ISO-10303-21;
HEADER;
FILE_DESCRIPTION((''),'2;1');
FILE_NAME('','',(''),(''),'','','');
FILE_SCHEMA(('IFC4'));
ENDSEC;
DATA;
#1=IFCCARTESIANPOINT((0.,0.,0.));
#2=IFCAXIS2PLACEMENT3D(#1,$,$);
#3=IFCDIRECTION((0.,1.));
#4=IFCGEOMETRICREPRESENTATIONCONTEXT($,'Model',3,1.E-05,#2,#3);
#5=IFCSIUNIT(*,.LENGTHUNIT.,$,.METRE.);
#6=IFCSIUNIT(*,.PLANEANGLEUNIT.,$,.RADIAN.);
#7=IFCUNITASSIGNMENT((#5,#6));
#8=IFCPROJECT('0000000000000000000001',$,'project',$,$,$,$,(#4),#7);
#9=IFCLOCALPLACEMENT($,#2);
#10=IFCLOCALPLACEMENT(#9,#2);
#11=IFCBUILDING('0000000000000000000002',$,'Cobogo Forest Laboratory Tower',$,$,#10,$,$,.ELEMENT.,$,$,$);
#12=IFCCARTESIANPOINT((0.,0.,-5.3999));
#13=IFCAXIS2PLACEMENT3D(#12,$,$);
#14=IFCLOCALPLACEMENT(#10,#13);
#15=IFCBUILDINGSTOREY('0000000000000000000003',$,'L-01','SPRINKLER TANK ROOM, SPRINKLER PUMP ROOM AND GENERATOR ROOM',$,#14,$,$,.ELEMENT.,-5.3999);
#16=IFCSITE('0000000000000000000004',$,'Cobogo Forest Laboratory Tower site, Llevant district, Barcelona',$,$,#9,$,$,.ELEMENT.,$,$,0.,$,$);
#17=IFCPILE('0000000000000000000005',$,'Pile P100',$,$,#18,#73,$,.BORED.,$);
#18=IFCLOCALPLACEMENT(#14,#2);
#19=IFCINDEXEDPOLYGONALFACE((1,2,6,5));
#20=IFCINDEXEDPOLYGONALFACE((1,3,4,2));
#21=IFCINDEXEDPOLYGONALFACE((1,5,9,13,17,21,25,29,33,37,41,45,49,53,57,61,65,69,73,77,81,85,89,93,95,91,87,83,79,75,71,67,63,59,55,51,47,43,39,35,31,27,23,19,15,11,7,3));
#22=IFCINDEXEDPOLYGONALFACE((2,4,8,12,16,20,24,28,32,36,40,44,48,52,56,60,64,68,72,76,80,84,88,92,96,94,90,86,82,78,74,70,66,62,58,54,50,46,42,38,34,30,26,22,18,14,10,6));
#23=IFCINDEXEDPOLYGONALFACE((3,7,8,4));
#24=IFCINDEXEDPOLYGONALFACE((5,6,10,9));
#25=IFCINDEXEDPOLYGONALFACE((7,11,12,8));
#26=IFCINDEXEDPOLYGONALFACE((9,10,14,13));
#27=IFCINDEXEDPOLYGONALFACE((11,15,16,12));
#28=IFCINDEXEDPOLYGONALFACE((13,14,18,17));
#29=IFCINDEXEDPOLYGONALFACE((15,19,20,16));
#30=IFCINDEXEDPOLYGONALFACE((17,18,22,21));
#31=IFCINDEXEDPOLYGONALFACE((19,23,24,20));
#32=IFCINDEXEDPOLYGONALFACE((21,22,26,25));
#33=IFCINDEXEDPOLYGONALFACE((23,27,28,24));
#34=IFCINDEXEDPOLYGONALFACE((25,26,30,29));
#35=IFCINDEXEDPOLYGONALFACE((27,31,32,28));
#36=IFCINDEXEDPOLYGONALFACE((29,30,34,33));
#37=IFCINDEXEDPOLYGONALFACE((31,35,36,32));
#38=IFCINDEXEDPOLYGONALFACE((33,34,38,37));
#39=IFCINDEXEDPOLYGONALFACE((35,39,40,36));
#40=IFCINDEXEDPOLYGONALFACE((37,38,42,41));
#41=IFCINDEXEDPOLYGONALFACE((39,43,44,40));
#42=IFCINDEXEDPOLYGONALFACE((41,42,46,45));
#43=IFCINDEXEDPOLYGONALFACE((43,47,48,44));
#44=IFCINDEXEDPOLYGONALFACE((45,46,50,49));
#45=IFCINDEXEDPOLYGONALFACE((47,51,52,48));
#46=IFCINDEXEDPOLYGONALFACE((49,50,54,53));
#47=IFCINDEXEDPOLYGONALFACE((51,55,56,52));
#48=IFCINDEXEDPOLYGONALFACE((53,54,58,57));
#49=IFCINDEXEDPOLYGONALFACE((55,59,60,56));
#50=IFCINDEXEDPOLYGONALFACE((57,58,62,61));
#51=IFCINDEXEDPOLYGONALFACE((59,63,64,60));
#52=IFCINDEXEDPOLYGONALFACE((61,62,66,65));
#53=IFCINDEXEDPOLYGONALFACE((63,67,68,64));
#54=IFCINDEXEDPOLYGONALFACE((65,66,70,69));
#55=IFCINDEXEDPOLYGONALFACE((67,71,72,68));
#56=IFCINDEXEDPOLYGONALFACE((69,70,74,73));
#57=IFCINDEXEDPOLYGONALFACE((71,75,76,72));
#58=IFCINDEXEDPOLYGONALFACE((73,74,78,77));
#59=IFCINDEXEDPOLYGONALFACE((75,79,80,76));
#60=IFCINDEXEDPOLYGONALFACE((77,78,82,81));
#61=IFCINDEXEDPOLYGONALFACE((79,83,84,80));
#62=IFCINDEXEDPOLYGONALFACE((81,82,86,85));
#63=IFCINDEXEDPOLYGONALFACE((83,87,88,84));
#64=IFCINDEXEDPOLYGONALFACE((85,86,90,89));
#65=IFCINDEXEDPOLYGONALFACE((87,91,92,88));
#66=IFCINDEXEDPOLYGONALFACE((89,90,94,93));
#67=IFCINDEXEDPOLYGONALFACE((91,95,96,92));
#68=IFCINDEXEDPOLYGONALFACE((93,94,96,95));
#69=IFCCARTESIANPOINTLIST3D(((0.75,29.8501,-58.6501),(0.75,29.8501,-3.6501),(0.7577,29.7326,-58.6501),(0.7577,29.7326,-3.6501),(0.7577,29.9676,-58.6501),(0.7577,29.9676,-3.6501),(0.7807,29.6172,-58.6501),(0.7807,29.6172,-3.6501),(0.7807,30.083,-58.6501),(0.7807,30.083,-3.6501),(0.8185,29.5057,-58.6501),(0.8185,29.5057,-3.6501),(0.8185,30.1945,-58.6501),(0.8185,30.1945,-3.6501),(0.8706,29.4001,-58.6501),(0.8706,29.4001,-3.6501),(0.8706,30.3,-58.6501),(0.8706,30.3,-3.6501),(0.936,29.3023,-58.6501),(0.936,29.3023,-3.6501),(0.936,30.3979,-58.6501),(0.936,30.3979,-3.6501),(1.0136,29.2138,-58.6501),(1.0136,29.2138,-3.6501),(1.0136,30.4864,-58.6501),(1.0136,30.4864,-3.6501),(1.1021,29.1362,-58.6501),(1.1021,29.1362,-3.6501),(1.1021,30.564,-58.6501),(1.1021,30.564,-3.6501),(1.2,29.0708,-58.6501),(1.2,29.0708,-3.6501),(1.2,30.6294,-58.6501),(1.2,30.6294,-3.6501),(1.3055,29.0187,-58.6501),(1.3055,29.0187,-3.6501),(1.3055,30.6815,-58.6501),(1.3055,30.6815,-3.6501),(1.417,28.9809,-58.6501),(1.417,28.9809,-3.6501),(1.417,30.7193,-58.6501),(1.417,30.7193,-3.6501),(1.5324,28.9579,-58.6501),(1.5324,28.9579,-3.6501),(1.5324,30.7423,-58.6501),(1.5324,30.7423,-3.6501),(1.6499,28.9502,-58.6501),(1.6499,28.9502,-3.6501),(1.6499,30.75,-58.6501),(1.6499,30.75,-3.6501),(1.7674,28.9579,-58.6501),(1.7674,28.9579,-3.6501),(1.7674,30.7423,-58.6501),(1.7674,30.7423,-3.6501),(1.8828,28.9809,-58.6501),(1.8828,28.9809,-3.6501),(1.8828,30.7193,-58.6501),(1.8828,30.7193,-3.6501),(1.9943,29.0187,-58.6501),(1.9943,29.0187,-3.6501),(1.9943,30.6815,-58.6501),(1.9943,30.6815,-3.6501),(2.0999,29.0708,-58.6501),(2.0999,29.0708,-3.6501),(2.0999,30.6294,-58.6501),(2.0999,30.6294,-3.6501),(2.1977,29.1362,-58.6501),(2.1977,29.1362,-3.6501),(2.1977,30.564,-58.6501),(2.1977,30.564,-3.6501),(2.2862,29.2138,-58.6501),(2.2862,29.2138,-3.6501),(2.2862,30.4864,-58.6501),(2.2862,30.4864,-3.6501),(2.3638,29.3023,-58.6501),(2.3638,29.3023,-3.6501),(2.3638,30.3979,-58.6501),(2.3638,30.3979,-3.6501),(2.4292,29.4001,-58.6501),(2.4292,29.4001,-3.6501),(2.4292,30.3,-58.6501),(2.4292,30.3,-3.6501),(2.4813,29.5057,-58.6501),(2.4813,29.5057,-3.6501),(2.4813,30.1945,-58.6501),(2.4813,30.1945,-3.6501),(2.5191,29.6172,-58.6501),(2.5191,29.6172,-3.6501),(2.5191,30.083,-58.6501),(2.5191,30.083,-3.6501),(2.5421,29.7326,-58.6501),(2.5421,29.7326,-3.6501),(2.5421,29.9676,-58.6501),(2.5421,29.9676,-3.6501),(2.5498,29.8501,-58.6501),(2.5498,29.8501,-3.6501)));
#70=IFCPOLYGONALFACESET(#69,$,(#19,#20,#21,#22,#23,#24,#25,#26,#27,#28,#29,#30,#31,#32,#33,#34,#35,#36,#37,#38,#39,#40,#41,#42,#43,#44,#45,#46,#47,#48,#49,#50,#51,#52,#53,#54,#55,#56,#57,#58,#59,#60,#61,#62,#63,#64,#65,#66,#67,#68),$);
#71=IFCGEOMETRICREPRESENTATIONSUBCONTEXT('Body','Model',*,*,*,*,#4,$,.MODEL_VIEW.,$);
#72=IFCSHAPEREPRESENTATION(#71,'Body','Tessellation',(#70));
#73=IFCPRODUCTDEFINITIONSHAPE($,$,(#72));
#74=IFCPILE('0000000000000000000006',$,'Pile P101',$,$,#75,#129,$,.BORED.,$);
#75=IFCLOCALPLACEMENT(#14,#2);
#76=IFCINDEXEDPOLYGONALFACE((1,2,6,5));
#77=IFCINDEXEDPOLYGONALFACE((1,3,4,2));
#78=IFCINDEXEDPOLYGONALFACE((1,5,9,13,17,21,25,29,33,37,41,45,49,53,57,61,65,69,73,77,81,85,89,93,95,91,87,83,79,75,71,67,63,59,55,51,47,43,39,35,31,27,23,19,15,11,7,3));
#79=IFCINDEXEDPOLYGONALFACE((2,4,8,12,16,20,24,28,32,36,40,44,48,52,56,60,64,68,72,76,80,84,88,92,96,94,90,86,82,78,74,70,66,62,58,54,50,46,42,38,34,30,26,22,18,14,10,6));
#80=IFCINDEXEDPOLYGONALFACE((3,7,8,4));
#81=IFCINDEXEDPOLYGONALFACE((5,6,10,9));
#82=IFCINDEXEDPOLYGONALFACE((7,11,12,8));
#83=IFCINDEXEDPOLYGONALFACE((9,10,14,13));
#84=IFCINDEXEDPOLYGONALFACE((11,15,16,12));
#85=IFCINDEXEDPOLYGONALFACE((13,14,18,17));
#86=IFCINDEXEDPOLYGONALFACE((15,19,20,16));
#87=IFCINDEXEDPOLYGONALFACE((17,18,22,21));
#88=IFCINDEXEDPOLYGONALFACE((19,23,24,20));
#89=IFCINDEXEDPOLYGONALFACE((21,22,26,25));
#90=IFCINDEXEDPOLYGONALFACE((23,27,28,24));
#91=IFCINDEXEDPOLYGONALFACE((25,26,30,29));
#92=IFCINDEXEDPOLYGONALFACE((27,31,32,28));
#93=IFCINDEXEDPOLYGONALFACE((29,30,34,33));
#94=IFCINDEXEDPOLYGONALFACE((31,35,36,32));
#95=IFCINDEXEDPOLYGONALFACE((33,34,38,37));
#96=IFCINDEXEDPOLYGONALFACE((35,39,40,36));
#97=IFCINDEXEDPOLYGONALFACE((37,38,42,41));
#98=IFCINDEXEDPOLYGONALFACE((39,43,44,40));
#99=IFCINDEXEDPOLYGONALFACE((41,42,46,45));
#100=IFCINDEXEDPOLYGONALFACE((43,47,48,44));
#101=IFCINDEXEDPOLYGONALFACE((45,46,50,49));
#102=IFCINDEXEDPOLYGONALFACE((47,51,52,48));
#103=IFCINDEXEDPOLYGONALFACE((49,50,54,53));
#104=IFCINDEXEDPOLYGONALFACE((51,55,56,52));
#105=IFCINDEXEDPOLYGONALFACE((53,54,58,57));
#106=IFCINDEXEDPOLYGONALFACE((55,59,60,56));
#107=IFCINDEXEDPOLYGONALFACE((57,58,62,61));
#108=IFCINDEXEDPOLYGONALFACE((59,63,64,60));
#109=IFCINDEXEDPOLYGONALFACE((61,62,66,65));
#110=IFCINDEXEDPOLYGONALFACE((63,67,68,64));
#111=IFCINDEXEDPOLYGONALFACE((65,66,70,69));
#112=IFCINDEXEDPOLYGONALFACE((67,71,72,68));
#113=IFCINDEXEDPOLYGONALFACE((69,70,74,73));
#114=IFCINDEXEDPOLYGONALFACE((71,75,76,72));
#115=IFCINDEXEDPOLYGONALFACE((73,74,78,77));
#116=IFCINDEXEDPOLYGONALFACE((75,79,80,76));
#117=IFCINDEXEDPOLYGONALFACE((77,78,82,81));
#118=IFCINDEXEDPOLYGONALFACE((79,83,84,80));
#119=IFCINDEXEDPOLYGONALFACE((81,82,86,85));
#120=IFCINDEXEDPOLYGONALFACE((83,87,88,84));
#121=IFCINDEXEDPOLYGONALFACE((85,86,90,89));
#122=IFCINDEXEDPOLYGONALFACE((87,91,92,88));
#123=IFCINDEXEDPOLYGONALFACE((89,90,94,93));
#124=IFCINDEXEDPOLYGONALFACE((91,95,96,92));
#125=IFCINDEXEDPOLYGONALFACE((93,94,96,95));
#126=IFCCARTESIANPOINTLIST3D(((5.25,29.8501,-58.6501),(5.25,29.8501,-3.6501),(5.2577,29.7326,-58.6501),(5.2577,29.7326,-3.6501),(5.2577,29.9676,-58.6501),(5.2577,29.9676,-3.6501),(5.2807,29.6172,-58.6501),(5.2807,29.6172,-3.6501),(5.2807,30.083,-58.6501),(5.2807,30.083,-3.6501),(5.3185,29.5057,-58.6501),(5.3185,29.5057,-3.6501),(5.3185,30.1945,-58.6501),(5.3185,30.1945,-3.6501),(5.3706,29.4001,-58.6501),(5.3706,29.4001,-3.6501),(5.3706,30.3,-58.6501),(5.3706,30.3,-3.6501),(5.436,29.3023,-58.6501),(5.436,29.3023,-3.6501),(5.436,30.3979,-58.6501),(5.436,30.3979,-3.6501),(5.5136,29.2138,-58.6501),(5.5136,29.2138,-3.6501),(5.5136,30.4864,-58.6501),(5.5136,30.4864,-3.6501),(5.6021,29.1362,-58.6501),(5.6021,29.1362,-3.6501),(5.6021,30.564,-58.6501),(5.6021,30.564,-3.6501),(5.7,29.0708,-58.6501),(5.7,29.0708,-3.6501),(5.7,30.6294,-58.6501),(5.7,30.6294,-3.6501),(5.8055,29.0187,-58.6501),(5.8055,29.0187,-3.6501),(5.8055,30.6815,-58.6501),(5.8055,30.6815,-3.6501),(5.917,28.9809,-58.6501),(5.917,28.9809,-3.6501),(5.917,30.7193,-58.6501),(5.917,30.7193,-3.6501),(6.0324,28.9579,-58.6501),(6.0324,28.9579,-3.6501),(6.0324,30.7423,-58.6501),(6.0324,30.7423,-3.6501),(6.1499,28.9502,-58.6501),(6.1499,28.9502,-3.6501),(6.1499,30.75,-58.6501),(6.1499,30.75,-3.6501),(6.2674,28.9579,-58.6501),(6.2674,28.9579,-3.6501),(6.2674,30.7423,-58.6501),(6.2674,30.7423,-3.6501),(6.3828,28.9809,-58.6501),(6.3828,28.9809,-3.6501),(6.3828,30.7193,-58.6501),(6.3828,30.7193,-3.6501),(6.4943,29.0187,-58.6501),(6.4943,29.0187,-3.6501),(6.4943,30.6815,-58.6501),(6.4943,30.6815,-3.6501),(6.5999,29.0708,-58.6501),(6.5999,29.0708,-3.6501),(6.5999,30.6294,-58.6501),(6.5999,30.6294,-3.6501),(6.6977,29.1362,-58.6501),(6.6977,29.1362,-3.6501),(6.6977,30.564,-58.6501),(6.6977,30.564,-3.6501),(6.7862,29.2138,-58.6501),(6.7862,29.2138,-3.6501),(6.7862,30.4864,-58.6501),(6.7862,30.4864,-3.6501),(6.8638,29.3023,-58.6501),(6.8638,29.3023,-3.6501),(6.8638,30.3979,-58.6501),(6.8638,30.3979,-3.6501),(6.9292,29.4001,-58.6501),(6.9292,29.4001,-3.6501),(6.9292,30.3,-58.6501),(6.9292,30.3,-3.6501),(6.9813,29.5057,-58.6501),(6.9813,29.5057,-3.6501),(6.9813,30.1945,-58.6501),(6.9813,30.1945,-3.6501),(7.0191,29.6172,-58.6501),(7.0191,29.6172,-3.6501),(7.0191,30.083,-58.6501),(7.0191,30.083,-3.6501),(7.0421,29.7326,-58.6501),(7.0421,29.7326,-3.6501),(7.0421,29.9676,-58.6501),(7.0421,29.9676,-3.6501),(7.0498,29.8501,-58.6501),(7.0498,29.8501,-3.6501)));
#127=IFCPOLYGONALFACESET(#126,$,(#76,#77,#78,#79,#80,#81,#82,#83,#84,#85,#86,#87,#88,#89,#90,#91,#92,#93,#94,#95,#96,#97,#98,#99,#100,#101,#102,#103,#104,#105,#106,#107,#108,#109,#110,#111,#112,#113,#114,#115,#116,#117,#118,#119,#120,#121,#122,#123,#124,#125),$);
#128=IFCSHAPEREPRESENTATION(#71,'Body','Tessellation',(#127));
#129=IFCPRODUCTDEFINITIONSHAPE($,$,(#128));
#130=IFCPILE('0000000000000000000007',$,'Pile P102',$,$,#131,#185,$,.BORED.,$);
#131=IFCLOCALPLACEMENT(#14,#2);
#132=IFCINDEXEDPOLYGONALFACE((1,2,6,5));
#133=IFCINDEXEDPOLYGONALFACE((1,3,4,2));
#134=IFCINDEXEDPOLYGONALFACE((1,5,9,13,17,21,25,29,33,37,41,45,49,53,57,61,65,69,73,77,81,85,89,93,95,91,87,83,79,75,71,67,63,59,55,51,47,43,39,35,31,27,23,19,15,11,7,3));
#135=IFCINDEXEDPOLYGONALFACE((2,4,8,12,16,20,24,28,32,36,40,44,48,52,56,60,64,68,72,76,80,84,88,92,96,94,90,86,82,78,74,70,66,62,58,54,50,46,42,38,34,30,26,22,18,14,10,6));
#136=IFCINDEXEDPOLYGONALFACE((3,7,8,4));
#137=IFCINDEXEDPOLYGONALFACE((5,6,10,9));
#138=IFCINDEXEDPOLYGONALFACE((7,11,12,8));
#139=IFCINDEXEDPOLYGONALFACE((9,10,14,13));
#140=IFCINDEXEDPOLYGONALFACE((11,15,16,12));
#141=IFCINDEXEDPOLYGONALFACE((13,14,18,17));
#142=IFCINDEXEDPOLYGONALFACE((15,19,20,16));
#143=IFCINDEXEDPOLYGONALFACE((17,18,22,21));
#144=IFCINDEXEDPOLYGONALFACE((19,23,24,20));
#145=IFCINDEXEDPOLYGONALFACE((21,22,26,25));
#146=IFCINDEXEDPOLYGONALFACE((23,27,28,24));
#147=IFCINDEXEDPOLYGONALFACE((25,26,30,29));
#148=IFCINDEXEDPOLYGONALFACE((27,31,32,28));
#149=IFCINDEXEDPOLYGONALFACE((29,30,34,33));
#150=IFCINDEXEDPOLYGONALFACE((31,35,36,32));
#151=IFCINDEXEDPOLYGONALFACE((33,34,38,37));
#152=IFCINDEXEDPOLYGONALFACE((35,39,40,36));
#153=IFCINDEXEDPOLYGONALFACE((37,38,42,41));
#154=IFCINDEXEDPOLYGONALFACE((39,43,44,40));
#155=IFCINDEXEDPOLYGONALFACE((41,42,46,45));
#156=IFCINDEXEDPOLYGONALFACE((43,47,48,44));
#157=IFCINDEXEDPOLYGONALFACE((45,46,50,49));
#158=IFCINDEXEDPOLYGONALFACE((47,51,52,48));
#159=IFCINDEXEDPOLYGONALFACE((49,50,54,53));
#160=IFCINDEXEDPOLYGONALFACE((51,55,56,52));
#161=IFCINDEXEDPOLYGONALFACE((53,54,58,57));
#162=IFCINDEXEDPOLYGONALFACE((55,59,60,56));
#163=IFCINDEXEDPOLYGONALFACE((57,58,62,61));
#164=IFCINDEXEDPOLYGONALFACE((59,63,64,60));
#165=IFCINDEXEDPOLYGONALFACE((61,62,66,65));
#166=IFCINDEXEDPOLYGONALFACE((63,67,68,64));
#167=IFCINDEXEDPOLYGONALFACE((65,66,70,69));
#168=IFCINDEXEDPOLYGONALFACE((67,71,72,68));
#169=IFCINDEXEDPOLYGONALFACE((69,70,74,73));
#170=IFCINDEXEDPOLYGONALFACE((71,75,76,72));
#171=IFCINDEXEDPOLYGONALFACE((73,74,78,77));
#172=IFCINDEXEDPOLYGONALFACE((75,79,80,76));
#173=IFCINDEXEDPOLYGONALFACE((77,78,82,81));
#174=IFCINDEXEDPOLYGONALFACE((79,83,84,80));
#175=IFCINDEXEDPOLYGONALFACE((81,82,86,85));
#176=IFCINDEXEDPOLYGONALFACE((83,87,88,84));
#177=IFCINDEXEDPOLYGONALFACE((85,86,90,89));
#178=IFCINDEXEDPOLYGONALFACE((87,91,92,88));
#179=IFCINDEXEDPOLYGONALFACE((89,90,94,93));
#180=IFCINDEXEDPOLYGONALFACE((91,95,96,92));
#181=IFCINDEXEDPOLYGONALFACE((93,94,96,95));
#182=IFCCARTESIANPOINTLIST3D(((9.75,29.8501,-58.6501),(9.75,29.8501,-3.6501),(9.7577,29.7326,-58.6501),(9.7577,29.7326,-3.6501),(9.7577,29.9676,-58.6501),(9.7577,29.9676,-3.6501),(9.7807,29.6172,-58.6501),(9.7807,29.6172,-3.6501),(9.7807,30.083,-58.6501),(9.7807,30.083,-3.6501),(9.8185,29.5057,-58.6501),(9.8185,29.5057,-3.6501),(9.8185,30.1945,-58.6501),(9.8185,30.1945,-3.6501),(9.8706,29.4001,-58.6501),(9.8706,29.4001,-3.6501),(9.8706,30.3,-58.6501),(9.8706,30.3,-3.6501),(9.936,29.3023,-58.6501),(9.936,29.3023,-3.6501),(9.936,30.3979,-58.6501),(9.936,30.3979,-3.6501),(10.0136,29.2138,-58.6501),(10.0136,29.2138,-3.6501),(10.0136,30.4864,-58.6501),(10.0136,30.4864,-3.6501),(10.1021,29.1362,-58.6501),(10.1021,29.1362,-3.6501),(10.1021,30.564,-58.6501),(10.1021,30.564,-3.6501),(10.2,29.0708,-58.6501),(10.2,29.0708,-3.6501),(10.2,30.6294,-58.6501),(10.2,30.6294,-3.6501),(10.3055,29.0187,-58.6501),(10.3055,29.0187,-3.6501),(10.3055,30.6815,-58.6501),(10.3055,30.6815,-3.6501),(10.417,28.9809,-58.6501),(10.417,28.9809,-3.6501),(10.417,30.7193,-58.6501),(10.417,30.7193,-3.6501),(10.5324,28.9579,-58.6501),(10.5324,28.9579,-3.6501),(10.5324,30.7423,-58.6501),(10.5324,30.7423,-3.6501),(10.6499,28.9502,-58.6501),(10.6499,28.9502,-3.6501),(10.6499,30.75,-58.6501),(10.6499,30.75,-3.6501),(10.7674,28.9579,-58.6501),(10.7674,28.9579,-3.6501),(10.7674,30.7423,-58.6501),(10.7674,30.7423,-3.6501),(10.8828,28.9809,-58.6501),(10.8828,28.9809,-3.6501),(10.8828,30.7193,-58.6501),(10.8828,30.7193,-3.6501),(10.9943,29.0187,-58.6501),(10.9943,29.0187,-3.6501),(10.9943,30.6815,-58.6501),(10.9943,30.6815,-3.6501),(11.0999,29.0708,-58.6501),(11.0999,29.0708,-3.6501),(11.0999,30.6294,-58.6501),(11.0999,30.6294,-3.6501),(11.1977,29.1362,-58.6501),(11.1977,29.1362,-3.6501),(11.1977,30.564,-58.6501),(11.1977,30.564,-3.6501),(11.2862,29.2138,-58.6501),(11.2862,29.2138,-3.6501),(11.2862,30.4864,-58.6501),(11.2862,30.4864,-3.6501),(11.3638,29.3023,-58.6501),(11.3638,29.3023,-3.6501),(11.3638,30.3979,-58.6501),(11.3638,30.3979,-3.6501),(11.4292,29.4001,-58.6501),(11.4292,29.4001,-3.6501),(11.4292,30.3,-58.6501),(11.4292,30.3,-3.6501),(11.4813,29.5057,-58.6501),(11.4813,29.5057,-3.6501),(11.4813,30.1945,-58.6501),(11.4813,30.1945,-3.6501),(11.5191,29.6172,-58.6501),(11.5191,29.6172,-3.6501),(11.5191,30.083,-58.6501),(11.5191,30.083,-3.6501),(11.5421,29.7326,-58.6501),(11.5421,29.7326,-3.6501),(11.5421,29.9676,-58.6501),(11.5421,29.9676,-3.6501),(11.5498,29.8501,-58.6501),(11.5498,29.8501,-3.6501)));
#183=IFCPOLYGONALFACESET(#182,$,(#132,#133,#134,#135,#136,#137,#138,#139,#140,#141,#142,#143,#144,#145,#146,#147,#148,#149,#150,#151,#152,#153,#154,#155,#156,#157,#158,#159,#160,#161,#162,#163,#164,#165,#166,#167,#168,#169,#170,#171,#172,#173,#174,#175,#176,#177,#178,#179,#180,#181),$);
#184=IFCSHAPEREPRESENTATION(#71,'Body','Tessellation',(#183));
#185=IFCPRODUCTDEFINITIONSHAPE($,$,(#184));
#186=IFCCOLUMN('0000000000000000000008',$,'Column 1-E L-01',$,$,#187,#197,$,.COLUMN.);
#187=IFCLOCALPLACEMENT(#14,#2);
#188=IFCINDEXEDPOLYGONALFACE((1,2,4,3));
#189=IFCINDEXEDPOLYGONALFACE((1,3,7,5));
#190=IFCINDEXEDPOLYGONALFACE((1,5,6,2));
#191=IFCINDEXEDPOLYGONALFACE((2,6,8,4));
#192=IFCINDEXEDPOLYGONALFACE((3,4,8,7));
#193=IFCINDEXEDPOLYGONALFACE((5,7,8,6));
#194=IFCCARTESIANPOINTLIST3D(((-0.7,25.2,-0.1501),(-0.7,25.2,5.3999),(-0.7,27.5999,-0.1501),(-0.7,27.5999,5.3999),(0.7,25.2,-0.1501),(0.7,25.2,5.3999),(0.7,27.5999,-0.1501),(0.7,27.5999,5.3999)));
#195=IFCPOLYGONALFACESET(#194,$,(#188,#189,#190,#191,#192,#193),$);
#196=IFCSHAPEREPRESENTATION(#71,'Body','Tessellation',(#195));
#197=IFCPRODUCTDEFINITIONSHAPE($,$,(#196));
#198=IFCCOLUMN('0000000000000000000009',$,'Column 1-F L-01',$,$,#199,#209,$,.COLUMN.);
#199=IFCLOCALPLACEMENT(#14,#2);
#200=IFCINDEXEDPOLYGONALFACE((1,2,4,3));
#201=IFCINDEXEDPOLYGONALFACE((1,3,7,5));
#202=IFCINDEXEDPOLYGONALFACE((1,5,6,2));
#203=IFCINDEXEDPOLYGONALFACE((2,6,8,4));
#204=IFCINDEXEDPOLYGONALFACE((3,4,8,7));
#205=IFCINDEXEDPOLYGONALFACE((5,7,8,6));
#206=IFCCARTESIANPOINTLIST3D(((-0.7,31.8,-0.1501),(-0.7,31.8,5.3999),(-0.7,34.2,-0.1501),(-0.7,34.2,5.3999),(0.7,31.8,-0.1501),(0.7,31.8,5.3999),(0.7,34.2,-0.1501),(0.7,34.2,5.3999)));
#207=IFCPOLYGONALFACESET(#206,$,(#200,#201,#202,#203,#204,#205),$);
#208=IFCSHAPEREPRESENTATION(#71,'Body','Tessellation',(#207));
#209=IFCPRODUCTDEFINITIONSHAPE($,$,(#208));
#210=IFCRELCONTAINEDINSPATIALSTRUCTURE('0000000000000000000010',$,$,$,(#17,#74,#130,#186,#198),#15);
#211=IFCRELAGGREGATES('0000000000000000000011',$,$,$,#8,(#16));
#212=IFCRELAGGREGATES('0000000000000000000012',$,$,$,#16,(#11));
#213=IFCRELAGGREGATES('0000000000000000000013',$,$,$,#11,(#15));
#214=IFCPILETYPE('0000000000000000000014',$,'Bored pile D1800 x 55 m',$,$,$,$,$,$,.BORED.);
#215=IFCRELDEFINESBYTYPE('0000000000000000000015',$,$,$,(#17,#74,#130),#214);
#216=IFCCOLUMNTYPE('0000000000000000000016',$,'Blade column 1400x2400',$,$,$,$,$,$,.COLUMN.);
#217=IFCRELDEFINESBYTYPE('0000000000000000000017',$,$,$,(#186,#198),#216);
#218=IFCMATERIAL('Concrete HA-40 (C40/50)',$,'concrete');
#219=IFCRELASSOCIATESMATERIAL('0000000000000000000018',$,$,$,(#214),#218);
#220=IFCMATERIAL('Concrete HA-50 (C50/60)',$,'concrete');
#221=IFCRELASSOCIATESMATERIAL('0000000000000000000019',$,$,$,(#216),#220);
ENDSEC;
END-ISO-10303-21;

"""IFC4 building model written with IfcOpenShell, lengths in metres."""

from ifc_helpers import new_model, si_unit, direction, frame, origin, origin_2d, place, context, subcontext, project, spatial, rectangle, circle, extrude, material, material_profile, profile_set, type_object, element, save


model = new_model("IFC4")

# Units and contexts
model_context = context("Model", 3, precision=1e-05, world=origin(), true_north=direction((0.0, 1.0)))
body_context = subcontext(model_context, "Body", "Model", "MODEL_VIEW")
ifc_project = project(units=[si_unit("LENGTHUNIT", "METRE"), si_unit("PLANEANGLEUNIT", "RADIAN")], contexts=[model_context])

# Site, building, storey
site_placement = place(None, origin())
site = spatial("IfcSite", under=ifc_project, at=site_placement, Name="Cobogo Forest Laboratory Tower site, Llevant district, Barcelona", CompositionType="ELEMENT", RefElevation=0.0)
building_placement = place(site_placement, origin())
building = spatial("IfcBuilding", under=site, at=building_placement, Name="Cobogo Forest Laboratory Tower", CompositionType="ELEMENT")
storey_placement = place(building_placement, frame((0.0, 0.0, -5.3999)))
storey = spatial("IfcBuildingStorey", under=building, at=storey_placement, Name="L-01", Description="SPRINKLER TANK ROOM, SPRINKLER PUMP ROOM AND GENERATOR ROOM", CompositionType="ELEMENT", Elevation=-5.3999)

# Piles
ifc_material_1 = material(Name="Concrete HA-40 (C40/50)", Category="concrete")
ifc_material_profile_1 = material_profile(ifc_material_1, circle(Radius=0.8999, at=origin_2d()), Name="PILE D1800")
ifc_profile_set_1 = profile_set([ifc_material_profile_1], Name="Concrete HA-40 (C40/50)")
pile_type_1 = type_object("IfcPileType", Name="Bored pile D1800 x 55 m", PredefinedType="BORED", material=ifc_profile_set_1)
for number, where, z_axis, x_axis, name in (
    (1, (1.6499, 29.8501, -3.6501), (0.0, 0.0, -1.0), (1.0, 0.0, 0.0), "Pile P100"),
    (2, (6.1499, 29.8501, -3.6501), (0.0, 0.0, -1.0), (1.0, 0.0, 0.0), "Pile P101"),
    (3, (10.6499, 29.8501, -3.6501), (0.0, 0.0, -1.0), (1.0, 0.0, 0.0), "Pile P102"),
):
    element("IfcPile", number, at=place(storey_placement, frame(where, z_axis=z_axis, x_axis=x_axis)), inside=storey, type_object=pile_type_1, Name=name, PredefinedType="BORED", context=body_context, shape_type="SweptSolid", body=[
        extrude(circle(Radius=0.8999, at=origin_2d()), origin(), (0.0, 0.0, 1.0), 55.0),
    ])

# Columns
ifc_material_2 = material(Name="Concrete HA-50 (C50/60)", Category="concrete")
ifc_material_profile_2 = material_profile(ifc_material_2, rectangle(XDim=2.3999, YDim=1.3999, at=origin_2d()), Name="RC 1400x2400")
ifc_profile_set_2 = profile_set([ifc_material_profile_2], Name="Concrete HA-50 (C50/60)")
column_type_1 = type_object("IfcColumnType", Name="Blade column 1400x2400", PredefinedType="COLUMN", material=ifc_profile_set_2)
for number, where, z_axis, x_axis, name in (
    (4, (0.0, 26.3999, -0.1501), (0.0, 0.0, 1.0), (0.0, 1.0, 0.0), "Column 1-E L-01"),
    (5, (0.0, 33.0, -0.1501), (0.0, 0.0, 1.0), (0.0, 1.0, 0.0), "Column 1-F L-01"),
):
    element("IfcColumn", number, at=place(storey_placement, frame(where, z_axis=z_axis, x_axis=x_axis)), inside=storey, type_object=column_type_1, Name=name, PredefinedType="COLUMN", context=body_context, shape_type="SweptSolid", body=[
        extrude(rectangle(XDim=2.3999, YDim=1.3999, at=origin_2d()), origin(), (0.0, 0.0, 1.0), 5.55),
    ])

save(model, "model.ifc")
